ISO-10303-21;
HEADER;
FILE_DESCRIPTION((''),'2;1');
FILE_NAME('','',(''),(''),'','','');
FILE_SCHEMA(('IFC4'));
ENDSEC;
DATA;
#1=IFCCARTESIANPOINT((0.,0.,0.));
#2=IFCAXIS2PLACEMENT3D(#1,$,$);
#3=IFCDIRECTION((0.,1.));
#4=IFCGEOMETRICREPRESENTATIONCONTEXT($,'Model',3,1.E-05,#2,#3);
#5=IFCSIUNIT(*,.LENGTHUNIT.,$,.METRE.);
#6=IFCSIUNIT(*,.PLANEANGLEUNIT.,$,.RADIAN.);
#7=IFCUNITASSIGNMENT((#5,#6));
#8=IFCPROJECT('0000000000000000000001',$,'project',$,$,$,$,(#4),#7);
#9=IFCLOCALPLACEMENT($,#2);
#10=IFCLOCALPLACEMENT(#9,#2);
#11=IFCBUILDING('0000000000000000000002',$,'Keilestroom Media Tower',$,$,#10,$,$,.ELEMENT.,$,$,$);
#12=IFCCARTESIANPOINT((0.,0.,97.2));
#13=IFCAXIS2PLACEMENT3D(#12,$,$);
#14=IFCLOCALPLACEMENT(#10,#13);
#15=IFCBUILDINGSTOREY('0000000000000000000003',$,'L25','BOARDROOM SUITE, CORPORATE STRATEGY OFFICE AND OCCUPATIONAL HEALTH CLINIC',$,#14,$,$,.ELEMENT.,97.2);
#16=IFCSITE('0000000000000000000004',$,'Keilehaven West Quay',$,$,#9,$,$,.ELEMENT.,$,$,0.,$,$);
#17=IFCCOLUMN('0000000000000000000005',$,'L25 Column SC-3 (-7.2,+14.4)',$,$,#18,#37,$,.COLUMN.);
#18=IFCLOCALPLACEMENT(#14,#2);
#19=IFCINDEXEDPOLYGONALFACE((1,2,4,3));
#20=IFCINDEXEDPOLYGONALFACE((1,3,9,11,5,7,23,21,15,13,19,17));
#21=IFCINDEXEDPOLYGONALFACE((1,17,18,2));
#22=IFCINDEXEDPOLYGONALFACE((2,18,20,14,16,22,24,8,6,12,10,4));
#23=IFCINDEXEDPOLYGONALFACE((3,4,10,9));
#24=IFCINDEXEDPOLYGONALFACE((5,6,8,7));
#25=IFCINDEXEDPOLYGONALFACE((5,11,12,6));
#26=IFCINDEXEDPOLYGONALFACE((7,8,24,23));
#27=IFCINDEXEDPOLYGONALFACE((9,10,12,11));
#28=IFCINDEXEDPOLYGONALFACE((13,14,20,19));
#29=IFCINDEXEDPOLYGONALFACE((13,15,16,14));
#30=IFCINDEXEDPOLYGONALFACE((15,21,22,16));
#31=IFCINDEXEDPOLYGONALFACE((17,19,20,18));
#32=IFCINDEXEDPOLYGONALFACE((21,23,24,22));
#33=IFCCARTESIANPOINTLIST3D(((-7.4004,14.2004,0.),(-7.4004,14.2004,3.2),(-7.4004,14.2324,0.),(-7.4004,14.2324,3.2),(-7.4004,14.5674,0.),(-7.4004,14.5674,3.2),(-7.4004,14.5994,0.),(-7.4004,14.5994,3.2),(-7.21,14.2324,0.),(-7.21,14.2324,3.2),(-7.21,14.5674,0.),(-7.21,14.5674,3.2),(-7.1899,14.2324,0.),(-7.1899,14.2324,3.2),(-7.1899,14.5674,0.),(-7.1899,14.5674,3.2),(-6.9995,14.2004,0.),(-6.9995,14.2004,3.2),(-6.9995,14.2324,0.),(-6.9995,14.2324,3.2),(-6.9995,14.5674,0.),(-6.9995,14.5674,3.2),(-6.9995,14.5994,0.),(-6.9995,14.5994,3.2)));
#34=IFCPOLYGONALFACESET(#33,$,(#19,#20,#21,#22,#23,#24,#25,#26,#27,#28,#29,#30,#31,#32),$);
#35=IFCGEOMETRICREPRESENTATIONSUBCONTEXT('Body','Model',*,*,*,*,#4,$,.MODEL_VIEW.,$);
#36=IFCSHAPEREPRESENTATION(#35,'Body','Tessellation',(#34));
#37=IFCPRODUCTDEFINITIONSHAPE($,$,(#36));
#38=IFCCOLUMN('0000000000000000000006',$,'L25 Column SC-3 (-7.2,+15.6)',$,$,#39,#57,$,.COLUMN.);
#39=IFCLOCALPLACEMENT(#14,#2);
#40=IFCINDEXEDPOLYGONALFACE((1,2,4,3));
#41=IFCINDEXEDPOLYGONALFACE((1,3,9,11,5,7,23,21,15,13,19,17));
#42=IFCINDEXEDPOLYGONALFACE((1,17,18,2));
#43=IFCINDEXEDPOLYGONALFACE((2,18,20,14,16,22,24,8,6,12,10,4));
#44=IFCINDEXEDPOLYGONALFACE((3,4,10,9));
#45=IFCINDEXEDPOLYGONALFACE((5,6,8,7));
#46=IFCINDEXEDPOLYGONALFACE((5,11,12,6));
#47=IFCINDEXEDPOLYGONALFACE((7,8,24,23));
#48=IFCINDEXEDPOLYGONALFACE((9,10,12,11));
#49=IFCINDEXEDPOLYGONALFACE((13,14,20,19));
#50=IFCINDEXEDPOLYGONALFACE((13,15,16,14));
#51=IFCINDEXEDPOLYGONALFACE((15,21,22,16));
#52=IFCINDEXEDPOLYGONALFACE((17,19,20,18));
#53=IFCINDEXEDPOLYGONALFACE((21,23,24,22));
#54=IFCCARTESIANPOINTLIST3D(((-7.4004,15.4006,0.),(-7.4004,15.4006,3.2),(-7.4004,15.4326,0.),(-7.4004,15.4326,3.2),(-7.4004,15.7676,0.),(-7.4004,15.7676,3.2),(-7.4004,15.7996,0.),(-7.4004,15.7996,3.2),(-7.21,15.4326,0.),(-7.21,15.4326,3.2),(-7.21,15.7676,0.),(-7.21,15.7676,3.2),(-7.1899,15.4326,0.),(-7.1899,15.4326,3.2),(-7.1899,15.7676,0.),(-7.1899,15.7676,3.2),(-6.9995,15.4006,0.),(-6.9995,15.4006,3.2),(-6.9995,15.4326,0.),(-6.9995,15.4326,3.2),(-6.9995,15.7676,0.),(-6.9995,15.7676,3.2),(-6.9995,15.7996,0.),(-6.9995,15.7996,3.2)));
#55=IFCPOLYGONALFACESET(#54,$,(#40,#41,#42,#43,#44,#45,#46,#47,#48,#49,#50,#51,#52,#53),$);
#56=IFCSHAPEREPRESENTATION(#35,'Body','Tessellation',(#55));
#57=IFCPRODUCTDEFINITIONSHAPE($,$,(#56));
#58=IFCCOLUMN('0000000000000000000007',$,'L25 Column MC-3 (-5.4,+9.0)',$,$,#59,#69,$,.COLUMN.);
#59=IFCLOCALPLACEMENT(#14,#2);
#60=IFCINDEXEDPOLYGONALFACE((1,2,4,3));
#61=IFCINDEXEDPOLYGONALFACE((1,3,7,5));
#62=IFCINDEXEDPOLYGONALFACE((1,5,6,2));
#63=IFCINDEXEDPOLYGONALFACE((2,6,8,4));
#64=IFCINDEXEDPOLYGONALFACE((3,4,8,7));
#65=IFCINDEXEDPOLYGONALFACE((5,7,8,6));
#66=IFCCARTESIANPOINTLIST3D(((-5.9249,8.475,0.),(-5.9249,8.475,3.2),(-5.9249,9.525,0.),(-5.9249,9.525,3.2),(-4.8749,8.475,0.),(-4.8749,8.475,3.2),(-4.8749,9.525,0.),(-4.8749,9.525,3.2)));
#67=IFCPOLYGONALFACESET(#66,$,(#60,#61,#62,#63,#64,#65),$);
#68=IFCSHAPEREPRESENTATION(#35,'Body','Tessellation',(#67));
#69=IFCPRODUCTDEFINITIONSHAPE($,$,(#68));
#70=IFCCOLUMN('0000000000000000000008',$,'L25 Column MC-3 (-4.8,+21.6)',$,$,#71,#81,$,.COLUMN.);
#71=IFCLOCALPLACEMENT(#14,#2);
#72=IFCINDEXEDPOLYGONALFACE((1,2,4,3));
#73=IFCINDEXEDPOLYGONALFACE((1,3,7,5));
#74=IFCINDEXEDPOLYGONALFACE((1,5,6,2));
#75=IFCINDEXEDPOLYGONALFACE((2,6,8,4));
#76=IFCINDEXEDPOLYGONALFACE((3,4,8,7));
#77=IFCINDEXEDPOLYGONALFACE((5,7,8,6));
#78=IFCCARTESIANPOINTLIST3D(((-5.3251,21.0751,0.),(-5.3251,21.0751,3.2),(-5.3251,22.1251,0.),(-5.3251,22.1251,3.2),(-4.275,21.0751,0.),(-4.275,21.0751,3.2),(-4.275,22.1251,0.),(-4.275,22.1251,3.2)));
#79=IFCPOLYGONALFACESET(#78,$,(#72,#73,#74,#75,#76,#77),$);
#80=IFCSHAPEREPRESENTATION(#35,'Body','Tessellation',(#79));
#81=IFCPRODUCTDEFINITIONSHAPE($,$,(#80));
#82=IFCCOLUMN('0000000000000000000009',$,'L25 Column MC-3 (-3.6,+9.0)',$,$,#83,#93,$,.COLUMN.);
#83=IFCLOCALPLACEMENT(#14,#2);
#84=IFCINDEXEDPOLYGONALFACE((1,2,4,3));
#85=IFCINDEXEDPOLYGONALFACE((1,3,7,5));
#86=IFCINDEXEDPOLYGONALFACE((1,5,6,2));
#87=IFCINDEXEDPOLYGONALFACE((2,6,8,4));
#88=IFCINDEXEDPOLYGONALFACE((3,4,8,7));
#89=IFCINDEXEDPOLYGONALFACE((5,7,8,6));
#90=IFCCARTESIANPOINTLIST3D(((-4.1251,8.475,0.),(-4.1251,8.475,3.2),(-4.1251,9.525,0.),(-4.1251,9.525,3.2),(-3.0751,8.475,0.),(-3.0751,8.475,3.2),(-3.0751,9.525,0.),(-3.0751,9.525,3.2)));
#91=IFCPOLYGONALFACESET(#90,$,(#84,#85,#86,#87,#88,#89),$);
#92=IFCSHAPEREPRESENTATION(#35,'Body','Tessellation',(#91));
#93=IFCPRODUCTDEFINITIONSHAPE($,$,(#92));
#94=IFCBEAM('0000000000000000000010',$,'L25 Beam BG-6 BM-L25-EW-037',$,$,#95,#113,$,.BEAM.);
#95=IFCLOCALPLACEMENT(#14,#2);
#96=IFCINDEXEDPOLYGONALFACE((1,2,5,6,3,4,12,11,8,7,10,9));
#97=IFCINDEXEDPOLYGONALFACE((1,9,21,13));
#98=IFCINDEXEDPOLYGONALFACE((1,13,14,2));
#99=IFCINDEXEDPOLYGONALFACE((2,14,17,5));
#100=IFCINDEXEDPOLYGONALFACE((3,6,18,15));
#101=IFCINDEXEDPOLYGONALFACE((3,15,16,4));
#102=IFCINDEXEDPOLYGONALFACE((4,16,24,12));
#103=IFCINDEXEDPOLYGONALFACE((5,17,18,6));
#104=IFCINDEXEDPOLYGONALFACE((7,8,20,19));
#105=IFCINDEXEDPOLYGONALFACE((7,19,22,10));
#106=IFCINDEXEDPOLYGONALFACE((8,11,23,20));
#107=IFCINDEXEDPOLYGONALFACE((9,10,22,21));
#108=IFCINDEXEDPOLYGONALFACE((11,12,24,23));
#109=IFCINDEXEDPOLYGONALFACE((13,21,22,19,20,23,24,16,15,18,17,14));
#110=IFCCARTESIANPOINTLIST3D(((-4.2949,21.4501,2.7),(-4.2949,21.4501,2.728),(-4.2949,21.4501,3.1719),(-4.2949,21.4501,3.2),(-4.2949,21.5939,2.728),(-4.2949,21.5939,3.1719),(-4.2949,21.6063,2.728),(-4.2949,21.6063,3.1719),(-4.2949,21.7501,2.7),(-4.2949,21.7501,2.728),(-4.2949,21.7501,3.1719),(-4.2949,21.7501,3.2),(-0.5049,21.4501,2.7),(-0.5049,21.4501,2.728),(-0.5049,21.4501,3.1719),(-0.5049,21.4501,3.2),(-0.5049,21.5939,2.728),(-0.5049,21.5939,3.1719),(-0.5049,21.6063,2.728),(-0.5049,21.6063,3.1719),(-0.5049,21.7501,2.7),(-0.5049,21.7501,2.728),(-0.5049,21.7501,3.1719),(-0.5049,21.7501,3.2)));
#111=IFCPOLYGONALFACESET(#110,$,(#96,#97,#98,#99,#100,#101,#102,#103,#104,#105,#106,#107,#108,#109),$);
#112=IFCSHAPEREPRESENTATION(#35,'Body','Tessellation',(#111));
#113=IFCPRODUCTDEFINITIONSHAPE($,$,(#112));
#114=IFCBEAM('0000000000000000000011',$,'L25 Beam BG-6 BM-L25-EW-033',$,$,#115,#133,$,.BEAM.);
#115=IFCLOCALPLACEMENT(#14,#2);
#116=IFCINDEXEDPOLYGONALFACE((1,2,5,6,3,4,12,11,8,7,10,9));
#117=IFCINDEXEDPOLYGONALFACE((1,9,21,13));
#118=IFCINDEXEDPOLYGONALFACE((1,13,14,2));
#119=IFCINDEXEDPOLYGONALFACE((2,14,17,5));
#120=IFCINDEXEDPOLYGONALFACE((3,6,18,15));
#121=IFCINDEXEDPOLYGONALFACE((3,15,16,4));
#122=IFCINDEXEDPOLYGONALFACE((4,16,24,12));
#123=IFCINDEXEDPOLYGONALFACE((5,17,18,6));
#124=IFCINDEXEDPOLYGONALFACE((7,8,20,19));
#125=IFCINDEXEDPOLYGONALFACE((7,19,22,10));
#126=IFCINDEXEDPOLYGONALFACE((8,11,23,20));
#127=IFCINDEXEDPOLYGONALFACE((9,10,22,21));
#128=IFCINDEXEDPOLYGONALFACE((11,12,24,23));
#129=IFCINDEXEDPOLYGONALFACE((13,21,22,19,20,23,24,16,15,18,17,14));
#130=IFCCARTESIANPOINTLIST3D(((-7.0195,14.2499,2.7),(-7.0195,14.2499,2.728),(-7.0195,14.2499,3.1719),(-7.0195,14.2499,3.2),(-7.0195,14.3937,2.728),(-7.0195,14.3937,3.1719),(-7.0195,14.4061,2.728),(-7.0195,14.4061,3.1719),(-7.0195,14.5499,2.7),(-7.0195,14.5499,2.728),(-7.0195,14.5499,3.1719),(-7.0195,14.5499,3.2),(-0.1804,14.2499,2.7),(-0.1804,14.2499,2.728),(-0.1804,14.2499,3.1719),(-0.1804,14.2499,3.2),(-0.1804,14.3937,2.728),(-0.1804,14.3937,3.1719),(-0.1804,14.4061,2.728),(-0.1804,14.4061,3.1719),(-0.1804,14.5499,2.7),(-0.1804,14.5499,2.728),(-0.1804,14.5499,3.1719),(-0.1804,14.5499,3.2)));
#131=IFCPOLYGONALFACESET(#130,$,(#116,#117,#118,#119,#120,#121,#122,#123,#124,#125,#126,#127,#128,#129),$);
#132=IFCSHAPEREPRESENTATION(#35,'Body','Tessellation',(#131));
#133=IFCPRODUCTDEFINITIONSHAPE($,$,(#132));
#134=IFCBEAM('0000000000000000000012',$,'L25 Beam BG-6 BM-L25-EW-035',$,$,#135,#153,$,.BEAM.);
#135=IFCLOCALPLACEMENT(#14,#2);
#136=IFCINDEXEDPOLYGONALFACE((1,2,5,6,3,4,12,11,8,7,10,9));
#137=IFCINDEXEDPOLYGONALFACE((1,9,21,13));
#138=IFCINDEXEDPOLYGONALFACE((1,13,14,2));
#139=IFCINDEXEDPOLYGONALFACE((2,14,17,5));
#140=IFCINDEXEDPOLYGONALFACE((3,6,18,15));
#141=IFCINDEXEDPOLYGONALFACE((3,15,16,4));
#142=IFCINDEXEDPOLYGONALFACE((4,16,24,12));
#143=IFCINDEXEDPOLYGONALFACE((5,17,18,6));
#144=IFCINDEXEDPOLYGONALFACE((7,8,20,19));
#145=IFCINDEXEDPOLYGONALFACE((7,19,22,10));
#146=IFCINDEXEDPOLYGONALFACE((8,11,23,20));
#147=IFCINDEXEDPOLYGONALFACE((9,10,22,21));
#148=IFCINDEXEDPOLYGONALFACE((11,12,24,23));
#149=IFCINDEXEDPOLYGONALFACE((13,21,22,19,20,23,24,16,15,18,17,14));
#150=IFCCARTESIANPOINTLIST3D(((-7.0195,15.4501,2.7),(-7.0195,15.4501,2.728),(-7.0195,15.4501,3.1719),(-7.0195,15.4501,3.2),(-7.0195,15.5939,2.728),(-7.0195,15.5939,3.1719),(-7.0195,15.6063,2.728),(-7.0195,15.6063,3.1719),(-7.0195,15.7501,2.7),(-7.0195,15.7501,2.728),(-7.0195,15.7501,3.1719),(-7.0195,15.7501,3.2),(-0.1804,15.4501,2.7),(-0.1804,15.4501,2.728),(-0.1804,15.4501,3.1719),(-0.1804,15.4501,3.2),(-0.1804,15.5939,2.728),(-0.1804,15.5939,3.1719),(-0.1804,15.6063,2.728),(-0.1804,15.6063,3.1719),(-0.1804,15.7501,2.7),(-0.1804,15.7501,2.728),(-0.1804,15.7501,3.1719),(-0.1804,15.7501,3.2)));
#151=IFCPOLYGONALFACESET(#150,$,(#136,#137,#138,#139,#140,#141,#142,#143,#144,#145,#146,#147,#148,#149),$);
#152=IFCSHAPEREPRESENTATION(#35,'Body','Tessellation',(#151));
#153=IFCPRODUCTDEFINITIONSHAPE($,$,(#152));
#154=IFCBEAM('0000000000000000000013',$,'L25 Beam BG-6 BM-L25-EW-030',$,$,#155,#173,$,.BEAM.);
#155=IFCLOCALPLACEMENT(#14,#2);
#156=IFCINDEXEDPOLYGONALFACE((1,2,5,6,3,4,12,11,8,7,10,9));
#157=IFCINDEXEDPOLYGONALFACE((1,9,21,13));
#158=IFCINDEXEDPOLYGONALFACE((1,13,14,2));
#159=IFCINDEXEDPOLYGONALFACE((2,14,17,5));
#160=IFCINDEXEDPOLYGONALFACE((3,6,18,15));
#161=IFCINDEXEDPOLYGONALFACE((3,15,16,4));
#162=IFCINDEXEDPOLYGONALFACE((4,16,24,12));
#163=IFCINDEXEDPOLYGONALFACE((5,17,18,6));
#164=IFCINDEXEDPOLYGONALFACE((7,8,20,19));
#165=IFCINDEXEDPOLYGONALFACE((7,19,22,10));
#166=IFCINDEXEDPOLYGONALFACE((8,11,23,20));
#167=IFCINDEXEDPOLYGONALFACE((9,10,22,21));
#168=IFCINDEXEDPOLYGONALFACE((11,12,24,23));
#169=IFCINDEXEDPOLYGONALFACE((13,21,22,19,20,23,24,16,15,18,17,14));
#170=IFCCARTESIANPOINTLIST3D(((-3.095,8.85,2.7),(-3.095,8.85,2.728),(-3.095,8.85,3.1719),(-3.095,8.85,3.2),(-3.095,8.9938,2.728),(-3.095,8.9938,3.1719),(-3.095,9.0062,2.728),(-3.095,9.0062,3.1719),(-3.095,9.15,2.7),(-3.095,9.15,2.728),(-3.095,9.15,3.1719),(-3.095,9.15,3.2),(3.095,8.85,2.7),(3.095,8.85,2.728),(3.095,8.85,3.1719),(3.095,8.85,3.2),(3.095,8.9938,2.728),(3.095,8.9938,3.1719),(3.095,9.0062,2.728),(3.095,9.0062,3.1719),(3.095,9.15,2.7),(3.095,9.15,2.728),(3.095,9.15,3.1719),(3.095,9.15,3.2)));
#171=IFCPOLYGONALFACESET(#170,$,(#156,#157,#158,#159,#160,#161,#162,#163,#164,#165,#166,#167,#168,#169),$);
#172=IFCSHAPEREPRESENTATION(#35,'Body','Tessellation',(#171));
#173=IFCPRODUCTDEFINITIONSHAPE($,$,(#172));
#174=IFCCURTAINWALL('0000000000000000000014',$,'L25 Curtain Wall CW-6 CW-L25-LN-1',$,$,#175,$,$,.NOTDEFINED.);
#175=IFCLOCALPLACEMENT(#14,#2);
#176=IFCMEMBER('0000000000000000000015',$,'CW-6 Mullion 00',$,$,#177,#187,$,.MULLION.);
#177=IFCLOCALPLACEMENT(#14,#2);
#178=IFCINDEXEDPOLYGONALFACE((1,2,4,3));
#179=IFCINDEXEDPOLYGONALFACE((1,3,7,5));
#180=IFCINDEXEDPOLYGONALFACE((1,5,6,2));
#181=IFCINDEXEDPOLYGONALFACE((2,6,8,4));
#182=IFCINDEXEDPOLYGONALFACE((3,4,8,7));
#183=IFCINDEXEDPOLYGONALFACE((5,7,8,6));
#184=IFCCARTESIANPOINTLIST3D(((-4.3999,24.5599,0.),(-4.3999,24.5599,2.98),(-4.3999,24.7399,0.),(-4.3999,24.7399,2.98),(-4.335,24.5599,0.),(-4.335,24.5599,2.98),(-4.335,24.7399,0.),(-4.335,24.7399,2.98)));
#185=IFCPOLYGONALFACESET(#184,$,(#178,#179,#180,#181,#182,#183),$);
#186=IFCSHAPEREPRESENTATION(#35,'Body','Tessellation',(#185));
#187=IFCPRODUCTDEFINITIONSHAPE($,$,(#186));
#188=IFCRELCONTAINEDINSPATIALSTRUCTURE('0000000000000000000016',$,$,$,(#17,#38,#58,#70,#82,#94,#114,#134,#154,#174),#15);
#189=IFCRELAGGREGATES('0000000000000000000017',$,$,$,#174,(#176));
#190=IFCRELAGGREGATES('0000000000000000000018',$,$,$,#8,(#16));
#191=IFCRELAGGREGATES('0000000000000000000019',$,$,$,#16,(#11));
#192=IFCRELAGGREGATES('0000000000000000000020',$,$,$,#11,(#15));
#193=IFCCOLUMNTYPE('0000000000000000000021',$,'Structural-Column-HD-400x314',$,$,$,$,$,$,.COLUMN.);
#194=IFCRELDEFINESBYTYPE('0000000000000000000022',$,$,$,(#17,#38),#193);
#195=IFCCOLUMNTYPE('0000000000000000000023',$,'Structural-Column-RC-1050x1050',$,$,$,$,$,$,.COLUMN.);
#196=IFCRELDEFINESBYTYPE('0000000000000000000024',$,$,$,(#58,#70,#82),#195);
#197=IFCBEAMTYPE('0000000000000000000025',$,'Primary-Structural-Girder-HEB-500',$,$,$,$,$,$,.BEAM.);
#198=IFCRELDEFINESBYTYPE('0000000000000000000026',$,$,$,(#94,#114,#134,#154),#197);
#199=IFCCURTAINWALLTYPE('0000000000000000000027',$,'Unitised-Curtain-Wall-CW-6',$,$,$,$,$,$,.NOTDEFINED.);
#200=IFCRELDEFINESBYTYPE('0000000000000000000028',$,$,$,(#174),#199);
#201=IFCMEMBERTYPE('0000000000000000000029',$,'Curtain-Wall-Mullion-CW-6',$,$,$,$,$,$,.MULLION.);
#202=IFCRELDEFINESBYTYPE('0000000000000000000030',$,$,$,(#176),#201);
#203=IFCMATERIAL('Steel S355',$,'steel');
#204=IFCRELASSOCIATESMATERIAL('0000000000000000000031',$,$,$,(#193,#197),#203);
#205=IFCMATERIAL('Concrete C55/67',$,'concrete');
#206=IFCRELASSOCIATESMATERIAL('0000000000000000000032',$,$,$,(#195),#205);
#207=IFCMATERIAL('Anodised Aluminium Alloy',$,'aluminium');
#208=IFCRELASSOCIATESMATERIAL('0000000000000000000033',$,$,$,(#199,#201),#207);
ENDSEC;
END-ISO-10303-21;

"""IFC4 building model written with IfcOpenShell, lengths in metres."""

from ifc_helpers import new_model, si_unit, direction, frame, origin, origin_2d, place, context, subcontext, project, spatial, rectangle, i_section, extrude, source, transform, mapped, material, material_profile, profile_set, type_object, element, aggregate, save


model = new_model("IFC4")

# Units and contexts
model_context = context("Model", 3, precision=1e-05, world=origin(), true_north=direction((0.0, 1.0)))
body_context = subcontext(model_context, "Body", "Model", "MODEL_VIEW")
ifc_project = project(units=[si_unit("LENGTHUNIT", "METRE"), si_unit("PLANEANGLEUNIT", "RADIAN")], contexts=[model_context])

# Site, building, storey
site_placement = place(None, origin())
site = spatial("IfcSite", under=ifc_project, at=site_placement, Name="Keilehaven West Quay", CompositionType="ELEMENT", RefElevation=0.0)
building_placement = place(site_placement, origin())
building = spatial("IfcBuilding", under=site, at=building_placement, Name="Keilestroom Media Tower", CompositionType="ELEMENT")
storey_placement = place(building_placement, frame((0.0, 0.0, 97.2)))
storey = spatial("IfcBuildingStorey", under=building, at=storey_placement, Name="L25", Description="BOARDROOM SUITE, CORPORATE STRATEGY OFFICE AND OCCUPATIONAL HEALTH CLINIC", CompositionType="ELEMENT", Elevation=97.2)

# Columns
ifc_material_1 = material(Name="Steel S355", Category="steel")
ifc_material_profile_1 = material_profile(ifc_material_1, i_section(OverallWidth=0.4009, OverallDepth=0.3989, WebThickness=0.02, FlangeThickness=0.032, at=origin_2d()), Name="HD 400x314")
ifc_profile_set_1 = profile_set([ifc_material_profile_1], Name="Steel S355")
column_type_1 = type_object("IfcColumnType", Name="Structural-Column-HD-400x314", PredefinedType="COLUMN", material=ifc_profile_set_1)
shared_shape_1 = source(origin(), body_context, "Body", "SweptSolid", [
    extrude(i_section(OverallWidth=0.4009, OverallDepth=0.3989, WebThickness=0.02, FlangeThickness=0.032, at=origin_2d()), origin(), (0.0, 0.0, 1.0), 3.2),
])
for number, where, z_axis, x_axis, name in (
    (1, (-7.2, 14.3999, 0.0), (0.0, 0.0, 1.0), (1.0, 0.0, 0.0), "L25 Column SC-3 (-7.2,+14.4)"),
    (2, (-7.2, 15.6001, 0.0), (0.0, 0.0, 1.0), (1.0, 0.0, 0.0), "L25 Column SC-3 (-7.2,+15.6)"),
):
    element("IfcColumn", number, at=place(storey_placement, frame(where, z_axis=z_axis, x_axis=x_axis)), inside=storey, type_object=column_type_1, Name=name, PredefinedType="COLUMN", context=body_context, shape_type="MappedRepresentation", body=[
        mapped(shared_shape_1, transform((0.0, 0.0, 0.0), x_axis=(1.0, 0.0, 0.0), y_axis=(0.0, 1.0, 0.0), z_axis=(0.0, 0.0, 1.0), scale=1.0)),
    ])
ifc_material_2 = material(Name="Concrete C55/67", Category="concrete")
ifc_material_profile_2 = material_profile(ifc_material_2, rectangle(XDim=1.05, YDim=1.05, at=origin_2d()), Name="RC 1050x1050")
ifc_profile_set_2 = profile_set([ifc_material_profile_2], Name="Concrete C55/67")
column_type_2 = type_object("IfcColumnType", Name="Structural-Column-RC-1050x1050", PredefinedType="COLUMN", material=ifc_profile_set_2)
shared_shape_2 = source(origin(), body_context, "Body", "SweptSolid", [
    extrude(rectangle(XDim=1.05, YDim=1.05, at=origin_2d()), origin(), (0.0, 0.0, 1.0), 3.2),
])
for number, where, z_axis, x_axis, name in (
    (3, (-5.3999, 9.0, 0.0), (0.0, 0.0, 1.0), (1.0, 0.0, 0.0), "L25 Column MC-3 (-5.4,+9.0)"),
    (4, (-4.8, 21.6001, 0.0), (0.0, 0.0, 1.0), (1.0, 0.0, 0.0), "L25 Column MC-3 (-4.8,+21.6)"),
    (5, (-3.6001, 9.0, 0.0), (0.0, 0.0, 1.0), (1.0, 0.0, 0.0), "L25 Column MC-3 (-3.6,+9.0)"),
):
    element("IfcColumn", number, at=place(storey_placement, frame(where, z_axis=z_axis, x_axis=x_axis)), inside=storey, type_object=column_type_2, Name=name, PredefinedType="COLUMN", context=body_context, shape_type="MappedRepresentation", body=[
        mapped(shared_shape_2, transform((0.0, 0.0, 0.0), x_axis=(1.0, 0.0, 0.0), y_axis=(0.0, 1.0, 0.0), z_axis=(0.0, 0.0, 1.0), scale=1.0)),
    ])

# Beams
ifc_material_profile_3 = material_profile(ifc_material_1, i_section(OverallWidth=0.3, OverallDepth=0.5, WebThickness=0.0125, FlangeThickness=0.0281, at=origin_2d()), Name="HEB 500")
ifc_profile_set_3 = profile_set([ifc_material_profile_3], Name="Steel S355")
beam_type = type_object("IfcBeamType", Name="Primary-Structural-Girder-HEB-500", PredefinedType="BEAM", material=ifc_profile_set_3)
shared_shape_3 = source(origin(), body_context, "Body", "SweptSolid", [
    extrude(i_section(OverallWidth=0.3, OverallDepth=0.5, WebThickness=0.0125, FlangeThickness=0.0281, at=origin_2d()), origin(), (0.0, 0.0, 1.0), 3.79),
])
beam_1_placement = place(storey_placement, frame((-4.2949, 21.6001, 2.95), z_axis=(1.0, 0.0, 0.0), x_axis=(0.0, 1.0, 0.0)))
element("IfcBeam", 6, at=beam_1_placement, inside=storey, type_object=beam_type, Name="L25 Beam BG-6 BM-L25-EW-037", PredefinedType="BEAM", context=body_context, shape_type="MappedRepresentation", body=[
    mapped(shared_shape_3, transform((0.0, 0.0, 0.0), x_axis=(1.0, 0.0, 0.0), y_axis=(0.0, 1.0, 0.0), z_axis=(0.0, 0.0, 1.0), scale=1.0)),
])
shared_shape_4 = source(origin(), body_context, "Body", "SweptSolid", [
    extrude(i_section(OverallWidth=0.3, OverallDepth=0.5, WebThickness=0.0125, FlangeThickness=0.0281, at=origin_2d()), origin(), (0.0, 0.0, 1.0), 6.8391),
])
for number, where, z_axis, x_axis, name in (
    (7, (-7.0195, 14.3999, 2.95), (1.0, 0.0, 0.0), (0.0, 1.0, 0.0), "L25 Beam BG-6 BM-L25-EW-033"),
    (8, (-7.0195, 15.6001, 2.95), (1.0, 0.0, 0.0), (0.0, 1.0, 0.0), "L25 Beam BG-6 BM-L25-EW-035"),
):
    element("IfcBeam", number, at=place(storey_placement, frame(where, z_axis=z_axis, x_axis=x_axis)), inside=storey, type_object=beam_type, Name=name, PredefinedType="BEAM", context=body_context, shape_type="MappedRepresentation", body=[
        mapped(shared_shape_4, transform((0.0, 0.0, 0.0), x_axis=(1.0, 0.0, 0.0), y_axis=(0.0, 1.0, 0.0), z_axis=(0.0, 0.0, 1.0), scale=1.0)),
    ])
shared_shape_5 = source(origin(), body_context, "Body", "SweptSolid", [
    extrude(i_section(OverallWidth=0.3, OverallDepth=0.5, WebThickness=0.0125, FlangeThickness=0.0281, at=origin_2d()), origin(), (0.0, 0.0, 1.0), 6.1899),
])
beam_2_placement = place(storey_placement, frame((-3.095, 9.0, 2.95), z_axis=(1.0, 0.0, 0.0), x_axis=(0.0, 1.0, 0.0)))
element("IfcBeam", 9, at=beam_2_placement, inside=storey, type_object=beam_type, Name="L25 Beam BG-6 BM-L25-EW-030", PredefinedType="BEAM", context=body_context, shape_type="MappedRepresentation", body=[
    mapped(shared_shape_5, transform((0.0, 0.0, 0.0), x_axis=(1.0, 0.0, 0.0), y_axis=(0.0, 1.0, 0.0), z_axis=(0.0, 0.0, 1.0), scale=1.0)),
])

# Curtain wall, member
ifc_material_3 = material(Name="Anodised Aluminium Alloy", Category="aluminium")
curtain_wall_type = type_object("IfcCurtainWallType", Name="Unitised-Curtain-Wall-CW-6", PredefinedType="NOTDEFINED", material=ifc_material_3)
curtain_wall_placement = place(storey_placement, origin())
curtain_wall = element("IfcCurtainWall", 10, at=curtain_wall_placement, inside=storey, type_object=curtain_wall_type, Name="L25 Curtain Wall CW-6 CW-L25-LN-1", PredefinedType="NOTDEFINED")
ifc_material_profile_4 = material_profile(ifc_material_3, rectangle(XDim=0.0649, YDim=0.1799, at=origin_2d()), Name="ALU MULLION 65x180")
ifc_profile_set_4 = profile_set([ifc_material_profile_4], Name="Anodised Aluminium Alloy")
member_type_1 = type_object("IfcMemberType", Name="Curtain-Wall-Mullion-CW-6", PredefinedType="MULLION", material=ifc_profile_set_4)
shared_shape_6 = source(origin(), body_context, "Body", "SweptSolid", [
    extrude(rectangle(XDim=0.0649, YDim=0.1799, at=origin_2d()), origin(), (0.0, 0.0, 1.0), 2.98),
])
member_1_placement = place(storey_placement, frame((-4.3674, 24.6499, 0.0), z_axis=(0.0, 0.0, 1.0), x_axis=(1.0, 0.0, 0.0)))
member_1 = element("IfcMember", 11, at=member_1_placement, type_object=member_type_1, Name="CW-6 Mullion 00", PredefinedType="MULLION", context=body_context, shape_type="MappedRepresentation", body=[
    mapped(shared_shape_6, transform((0.0, 0.0, 0.0), x_axis=(1.0, 0.0, 0.0), y_axis=(0.0, 1.0, 0.0), z_axis=(0.0, 0.0, 1.0), scale=1.0)),
])
aggregate(curtain_wall, [member_1])

save(model, "model.ifc")
